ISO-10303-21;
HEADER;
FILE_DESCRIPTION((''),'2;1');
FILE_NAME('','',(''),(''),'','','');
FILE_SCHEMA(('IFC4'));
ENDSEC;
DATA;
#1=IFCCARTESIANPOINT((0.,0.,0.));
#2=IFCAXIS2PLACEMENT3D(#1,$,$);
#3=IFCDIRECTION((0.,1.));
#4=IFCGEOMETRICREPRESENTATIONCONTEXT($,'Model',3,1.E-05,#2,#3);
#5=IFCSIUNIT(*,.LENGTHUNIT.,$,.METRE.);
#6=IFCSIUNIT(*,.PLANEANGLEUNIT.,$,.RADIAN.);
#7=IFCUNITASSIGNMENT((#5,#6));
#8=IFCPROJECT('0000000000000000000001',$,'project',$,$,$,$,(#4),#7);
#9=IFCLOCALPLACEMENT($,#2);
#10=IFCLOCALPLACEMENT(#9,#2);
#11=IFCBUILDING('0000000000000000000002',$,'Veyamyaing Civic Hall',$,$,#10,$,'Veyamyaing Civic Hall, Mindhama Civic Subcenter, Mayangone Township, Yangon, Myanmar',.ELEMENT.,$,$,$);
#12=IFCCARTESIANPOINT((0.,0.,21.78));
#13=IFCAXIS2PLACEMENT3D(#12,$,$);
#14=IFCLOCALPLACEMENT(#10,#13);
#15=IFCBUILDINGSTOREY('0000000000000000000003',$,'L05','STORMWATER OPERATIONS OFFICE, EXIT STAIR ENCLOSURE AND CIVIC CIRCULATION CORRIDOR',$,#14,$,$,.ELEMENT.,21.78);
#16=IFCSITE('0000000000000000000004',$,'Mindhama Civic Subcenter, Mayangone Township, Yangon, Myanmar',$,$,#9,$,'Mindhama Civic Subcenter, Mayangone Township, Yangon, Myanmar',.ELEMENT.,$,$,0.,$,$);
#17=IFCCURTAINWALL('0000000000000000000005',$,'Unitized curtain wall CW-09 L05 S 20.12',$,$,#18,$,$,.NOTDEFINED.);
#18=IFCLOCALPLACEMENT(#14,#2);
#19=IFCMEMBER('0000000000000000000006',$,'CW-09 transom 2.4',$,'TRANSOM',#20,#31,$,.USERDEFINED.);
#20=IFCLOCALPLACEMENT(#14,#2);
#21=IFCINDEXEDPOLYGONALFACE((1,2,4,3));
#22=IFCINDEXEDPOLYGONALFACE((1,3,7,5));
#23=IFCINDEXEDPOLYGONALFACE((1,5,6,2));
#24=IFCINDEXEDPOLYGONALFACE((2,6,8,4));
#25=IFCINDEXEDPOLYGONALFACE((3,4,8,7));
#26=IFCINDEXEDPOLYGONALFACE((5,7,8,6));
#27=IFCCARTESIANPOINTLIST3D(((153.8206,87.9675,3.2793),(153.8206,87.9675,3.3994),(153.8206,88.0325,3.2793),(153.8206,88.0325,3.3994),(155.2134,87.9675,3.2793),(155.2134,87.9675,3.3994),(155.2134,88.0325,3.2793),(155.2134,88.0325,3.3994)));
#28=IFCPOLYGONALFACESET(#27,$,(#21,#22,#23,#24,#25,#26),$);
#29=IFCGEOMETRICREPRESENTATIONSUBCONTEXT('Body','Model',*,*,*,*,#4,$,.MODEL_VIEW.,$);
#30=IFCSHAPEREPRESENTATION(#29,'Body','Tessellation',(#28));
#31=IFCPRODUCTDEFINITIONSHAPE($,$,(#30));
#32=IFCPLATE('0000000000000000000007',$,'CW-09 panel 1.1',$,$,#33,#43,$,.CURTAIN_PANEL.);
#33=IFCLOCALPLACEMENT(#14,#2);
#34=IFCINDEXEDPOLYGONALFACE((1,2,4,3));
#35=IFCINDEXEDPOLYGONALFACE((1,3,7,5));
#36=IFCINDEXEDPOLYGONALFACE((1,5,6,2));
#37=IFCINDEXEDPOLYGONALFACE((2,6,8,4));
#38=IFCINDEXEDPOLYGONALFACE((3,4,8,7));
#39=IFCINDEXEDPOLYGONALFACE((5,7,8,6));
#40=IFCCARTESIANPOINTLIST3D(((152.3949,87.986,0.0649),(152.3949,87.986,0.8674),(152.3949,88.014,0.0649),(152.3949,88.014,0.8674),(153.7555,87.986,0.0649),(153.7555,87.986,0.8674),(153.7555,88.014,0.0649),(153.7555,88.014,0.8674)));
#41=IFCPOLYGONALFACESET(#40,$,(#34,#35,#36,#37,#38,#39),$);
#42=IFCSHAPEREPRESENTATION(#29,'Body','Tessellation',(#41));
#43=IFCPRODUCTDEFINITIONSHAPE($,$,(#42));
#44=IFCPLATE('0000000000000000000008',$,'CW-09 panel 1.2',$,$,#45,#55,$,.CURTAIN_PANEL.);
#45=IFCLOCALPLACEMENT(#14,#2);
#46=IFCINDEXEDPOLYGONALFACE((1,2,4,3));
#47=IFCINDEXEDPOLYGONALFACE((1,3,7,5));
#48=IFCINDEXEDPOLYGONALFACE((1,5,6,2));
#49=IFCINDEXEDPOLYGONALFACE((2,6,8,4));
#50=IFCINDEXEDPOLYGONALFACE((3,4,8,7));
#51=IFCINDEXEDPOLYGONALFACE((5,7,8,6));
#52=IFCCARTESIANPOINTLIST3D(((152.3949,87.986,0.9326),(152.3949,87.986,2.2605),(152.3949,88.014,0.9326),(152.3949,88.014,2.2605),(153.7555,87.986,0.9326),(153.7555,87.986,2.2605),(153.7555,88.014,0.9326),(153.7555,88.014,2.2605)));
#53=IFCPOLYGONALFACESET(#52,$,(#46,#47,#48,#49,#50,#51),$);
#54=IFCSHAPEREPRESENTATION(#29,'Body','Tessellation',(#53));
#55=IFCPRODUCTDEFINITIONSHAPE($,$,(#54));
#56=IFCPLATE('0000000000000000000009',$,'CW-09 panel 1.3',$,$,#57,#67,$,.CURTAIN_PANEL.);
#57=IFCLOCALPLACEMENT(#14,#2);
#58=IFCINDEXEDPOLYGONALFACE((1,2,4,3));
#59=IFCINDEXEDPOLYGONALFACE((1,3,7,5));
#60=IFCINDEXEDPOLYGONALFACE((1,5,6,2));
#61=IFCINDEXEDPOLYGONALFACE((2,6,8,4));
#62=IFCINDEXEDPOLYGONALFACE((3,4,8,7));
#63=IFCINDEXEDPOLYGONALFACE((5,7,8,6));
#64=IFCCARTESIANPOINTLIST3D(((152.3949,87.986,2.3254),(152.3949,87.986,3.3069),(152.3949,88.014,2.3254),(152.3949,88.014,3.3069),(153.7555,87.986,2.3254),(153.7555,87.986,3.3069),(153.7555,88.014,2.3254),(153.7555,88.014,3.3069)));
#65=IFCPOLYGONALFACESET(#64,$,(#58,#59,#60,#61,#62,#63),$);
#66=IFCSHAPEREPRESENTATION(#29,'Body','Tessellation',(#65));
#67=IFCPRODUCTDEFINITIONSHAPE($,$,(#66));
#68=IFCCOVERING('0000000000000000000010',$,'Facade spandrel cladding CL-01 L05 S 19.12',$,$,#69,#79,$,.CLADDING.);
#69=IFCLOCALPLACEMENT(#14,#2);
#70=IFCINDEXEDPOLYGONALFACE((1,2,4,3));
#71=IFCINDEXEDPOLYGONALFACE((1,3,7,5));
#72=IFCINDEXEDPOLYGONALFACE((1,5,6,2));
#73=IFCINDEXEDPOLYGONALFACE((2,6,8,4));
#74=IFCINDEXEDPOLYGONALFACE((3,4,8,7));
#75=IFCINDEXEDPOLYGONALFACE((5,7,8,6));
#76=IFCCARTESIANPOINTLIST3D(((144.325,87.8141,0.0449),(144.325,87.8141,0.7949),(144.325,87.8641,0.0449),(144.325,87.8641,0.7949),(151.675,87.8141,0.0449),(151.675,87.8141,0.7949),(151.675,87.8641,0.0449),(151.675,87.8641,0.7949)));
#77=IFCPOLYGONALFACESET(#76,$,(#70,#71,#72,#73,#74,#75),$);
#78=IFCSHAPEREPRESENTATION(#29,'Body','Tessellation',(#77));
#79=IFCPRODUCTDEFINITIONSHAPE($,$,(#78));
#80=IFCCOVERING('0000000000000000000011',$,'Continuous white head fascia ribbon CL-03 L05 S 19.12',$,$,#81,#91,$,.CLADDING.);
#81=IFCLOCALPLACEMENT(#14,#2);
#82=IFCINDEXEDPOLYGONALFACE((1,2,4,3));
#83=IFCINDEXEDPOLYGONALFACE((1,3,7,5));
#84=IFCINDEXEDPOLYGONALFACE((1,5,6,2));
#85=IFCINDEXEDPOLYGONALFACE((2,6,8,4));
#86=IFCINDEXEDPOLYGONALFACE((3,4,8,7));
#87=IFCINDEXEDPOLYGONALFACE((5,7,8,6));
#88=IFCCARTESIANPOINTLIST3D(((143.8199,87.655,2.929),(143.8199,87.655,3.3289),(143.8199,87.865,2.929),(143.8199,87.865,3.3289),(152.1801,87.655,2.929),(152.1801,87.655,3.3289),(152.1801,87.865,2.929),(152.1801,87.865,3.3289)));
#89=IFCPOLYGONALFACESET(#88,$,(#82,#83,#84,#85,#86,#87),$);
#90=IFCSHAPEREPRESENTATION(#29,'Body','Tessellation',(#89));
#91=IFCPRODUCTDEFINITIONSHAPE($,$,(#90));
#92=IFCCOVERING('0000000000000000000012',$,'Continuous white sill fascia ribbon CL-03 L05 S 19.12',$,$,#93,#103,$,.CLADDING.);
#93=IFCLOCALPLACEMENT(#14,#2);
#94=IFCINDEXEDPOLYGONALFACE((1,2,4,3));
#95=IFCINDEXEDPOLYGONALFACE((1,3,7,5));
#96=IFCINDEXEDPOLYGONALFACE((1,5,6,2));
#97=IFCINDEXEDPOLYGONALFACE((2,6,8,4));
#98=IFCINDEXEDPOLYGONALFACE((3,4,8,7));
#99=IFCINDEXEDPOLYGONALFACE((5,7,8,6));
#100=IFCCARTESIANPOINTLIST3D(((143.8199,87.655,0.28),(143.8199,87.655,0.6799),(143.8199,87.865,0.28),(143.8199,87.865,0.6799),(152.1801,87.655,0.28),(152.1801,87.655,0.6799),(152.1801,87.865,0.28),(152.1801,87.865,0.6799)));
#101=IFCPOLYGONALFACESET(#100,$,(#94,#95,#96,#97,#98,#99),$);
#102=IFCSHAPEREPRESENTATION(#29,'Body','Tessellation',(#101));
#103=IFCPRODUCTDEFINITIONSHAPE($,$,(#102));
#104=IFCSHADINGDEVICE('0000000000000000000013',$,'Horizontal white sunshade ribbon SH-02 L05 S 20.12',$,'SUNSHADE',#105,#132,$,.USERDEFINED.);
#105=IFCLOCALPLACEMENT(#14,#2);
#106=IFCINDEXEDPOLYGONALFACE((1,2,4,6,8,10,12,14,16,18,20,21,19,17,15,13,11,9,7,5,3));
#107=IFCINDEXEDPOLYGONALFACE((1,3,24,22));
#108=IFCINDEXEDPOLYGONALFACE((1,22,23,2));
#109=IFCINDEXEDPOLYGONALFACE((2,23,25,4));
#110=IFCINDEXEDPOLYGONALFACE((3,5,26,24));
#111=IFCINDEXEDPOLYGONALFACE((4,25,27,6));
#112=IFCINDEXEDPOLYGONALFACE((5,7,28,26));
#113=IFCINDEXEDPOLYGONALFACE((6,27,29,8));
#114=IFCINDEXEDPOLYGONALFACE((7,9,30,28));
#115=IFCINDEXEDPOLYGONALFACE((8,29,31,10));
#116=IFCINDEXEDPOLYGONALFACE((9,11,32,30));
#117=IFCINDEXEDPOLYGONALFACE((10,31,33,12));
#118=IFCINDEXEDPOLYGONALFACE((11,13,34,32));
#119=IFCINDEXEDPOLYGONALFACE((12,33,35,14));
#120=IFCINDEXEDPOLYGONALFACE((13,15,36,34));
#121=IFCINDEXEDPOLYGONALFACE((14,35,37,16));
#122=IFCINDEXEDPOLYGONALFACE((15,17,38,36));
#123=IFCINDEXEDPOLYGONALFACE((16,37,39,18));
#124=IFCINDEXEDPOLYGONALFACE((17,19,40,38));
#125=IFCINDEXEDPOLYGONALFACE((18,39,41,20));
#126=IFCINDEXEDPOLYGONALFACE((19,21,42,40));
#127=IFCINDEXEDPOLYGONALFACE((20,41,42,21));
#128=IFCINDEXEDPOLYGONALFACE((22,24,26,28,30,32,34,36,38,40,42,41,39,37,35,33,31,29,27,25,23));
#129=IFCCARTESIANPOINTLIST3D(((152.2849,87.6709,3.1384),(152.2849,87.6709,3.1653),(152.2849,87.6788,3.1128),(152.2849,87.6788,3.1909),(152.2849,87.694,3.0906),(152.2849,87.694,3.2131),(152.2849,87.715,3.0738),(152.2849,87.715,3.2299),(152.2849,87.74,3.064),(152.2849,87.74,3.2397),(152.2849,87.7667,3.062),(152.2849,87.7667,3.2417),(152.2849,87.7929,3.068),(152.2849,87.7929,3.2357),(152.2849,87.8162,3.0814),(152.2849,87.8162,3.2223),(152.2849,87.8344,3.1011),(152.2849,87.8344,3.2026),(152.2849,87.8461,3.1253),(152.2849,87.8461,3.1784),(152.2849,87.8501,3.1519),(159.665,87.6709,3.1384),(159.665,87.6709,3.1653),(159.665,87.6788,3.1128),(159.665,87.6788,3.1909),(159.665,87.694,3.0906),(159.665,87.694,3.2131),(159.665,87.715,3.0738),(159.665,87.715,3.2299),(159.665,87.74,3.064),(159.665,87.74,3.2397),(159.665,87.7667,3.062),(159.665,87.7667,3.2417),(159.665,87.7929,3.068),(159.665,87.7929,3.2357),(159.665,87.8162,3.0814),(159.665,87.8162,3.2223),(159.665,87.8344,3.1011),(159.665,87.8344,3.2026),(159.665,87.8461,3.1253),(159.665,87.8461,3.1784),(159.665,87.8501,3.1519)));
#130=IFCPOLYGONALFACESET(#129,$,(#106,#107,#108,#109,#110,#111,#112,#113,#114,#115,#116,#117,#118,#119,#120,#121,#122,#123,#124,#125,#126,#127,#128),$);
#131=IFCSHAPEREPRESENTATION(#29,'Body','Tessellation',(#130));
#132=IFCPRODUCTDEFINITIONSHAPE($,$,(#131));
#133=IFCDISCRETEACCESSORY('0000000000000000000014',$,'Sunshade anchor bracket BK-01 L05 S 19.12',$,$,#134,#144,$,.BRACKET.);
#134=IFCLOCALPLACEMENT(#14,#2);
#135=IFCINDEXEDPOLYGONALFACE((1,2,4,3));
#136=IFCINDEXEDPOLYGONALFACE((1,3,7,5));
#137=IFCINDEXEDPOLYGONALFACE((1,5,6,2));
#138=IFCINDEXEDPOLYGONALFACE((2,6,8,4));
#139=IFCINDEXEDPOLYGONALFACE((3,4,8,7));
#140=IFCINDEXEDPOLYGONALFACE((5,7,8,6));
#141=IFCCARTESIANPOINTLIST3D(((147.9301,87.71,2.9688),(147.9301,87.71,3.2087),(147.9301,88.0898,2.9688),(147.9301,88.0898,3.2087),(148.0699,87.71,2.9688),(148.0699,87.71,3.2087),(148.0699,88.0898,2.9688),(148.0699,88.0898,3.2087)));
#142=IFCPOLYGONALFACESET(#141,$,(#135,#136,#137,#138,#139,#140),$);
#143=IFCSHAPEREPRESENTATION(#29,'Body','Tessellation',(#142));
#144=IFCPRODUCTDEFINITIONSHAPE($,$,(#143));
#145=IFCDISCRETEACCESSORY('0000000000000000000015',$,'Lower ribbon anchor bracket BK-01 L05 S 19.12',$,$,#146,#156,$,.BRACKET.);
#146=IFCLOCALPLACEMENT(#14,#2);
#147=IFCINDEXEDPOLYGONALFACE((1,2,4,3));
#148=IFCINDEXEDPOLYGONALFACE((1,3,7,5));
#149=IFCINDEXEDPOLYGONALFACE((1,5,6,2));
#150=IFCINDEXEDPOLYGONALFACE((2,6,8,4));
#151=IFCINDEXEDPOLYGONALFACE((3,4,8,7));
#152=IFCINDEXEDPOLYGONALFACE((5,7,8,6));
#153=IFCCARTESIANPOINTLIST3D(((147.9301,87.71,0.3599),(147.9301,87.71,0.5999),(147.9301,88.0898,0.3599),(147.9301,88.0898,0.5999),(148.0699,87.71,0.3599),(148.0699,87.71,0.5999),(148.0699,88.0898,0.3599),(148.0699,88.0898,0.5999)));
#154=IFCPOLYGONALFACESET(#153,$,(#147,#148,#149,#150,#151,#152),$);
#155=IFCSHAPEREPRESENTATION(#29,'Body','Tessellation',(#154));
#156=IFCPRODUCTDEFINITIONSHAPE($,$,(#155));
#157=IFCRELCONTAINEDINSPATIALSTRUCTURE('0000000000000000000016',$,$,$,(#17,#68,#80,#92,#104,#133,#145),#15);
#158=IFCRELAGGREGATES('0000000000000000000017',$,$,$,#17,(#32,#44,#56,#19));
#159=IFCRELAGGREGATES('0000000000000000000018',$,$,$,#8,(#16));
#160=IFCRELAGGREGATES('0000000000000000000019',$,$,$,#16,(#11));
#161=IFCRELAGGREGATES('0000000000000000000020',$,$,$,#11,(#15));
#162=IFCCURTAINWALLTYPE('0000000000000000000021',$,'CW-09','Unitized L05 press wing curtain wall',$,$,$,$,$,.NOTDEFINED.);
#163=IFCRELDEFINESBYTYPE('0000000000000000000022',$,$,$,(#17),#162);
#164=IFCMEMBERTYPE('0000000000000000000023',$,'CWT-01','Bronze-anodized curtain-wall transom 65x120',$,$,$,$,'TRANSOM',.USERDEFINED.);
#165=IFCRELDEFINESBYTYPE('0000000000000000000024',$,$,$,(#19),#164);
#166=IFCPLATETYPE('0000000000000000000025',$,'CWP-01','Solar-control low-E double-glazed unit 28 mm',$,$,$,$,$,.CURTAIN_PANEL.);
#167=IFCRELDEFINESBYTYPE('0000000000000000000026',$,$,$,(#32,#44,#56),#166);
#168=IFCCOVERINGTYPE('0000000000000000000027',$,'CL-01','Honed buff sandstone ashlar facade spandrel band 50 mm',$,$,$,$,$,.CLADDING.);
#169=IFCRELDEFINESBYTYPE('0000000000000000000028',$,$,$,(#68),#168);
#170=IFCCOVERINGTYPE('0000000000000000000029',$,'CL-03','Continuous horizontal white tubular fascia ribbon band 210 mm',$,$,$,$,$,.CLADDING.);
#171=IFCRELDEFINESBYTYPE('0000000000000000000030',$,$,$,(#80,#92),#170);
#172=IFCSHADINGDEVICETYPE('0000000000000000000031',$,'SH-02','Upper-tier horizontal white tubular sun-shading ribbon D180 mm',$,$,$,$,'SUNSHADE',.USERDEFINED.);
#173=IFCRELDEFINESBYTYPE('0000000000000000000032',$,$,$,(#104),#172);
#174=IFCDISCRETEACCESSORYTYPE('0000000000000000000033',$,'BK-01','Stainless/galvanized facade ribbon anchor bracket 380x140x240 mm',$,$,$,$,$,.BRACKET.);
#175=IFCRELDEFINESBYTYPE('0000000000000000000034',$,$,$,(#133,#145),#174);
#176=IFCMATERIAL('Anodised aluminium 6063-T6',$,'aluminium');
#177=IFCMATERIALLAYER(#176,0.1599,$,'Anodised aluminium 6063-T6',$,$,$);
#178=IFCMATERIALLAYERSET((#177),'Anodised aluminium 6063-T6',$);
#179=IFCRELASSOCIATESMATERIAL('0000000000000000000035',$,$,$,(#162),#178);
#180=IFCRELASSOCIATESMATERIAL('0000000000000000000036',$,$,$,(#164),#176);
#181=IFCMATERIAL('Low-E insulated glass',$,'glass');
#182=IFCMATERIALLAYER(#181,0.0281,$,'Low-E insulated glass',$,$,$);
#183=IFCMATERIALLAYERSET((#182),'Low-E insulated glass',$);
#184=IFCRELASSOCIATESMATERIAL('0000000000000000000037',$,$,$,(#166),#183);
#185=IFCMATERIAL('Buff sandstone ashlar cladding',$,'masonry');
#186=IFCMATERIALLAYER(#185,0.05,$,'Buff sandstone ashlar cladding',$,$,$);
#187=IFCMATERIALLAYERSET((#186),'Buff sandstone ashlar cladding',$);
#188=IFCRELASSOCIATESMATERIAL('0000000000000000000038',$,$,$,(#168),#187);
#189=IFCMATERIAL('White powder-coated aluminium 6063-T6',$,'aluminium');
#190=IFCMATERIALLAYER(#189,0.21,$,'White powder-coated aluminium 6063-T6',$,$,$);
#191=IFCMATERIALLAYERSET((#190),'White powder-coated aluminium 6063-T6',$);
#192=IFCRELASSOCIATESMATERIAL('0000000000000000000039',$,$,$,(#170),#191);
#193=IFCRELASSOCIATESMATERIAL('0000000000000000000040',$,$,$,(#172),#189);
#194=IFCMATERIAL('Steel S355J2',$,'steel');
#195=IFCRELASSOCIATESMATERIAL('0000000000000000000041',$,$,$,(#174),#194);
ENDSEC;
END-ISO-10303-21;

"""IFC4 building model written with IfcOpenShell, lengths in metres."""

from ifc_helpers import new_model, si_unit, direction, frame, origin, origin_2d, place, context, subcontext, project, spatial, rectangle, circle, extrude, material, layer, layer_set, material_profile, profile_set, type_object, element, aggregate, save


model = new_model("IFC4")

# Units and contexts
model_context = context("Model", 3, precision=1e-05, world=origin(), true_north=direction((0.0, 1.0)))
body_context = subcontext(model_context, "Body", "Model", "MODEL_VIEW")
ifc_project = project(units=[si_unit("LENGTHUNIT", "METRE"), si_unit("PLANEANGLEUNIT", "RADIAN")], contexts=[model_context])

# Site, building, storey
site_placement = place(None, origin())
site = spatial("IfcSite", under=ifc_project, at=site_placement, Name="Mindhama Civic Subcenter, Mayangone Township, Yangon, Myanmar", LongName="Mindhama Civic Subcenter, Mayangone Township, Yangon, Myanmar", CompositionType="ELEMENT", RefElevation=0.0)
building_placement = place(site_placement, origin())
building = spatial("IfcBuilding", under=site, at=building_placement, Name="Veyamyaing Civic Hall", LongName="Veyamyaing Civic Hall, Mindhama Civic Subcenter, Mayangone Township, Yangon, Myanmar", CompositionType="ELEMENT")
storey_placement = place(building_placement, frame((0.0, 0.0, 21.78)))
storey = spatial("IfcBuildingStorey", under=building, at=storey_placement, Name="L05", Description="STORMWATER OPERATIONS OFFICE, EXIT STAIR ENCLOSURE AND CIVIC CIRCULATION CORRIDOR", CompositionType="ELEMENT", Elevation=21.78)

# Curtain wall, member, plates
ifc_material_1 = material(Name="Anodised aluminium 6063-T6", Category="aluminium")
ifc_layer_1 = layer(ifc_material_1, 0.1599, Name="Anodised aluminium 6063-T6")
ifc_layer_set_1 = layer_set([ifc_layer_1], Name="Anodised aluminium 6063-T6")
curtain_wall_type = type_object("IfcCurtainWallType", Name="CW-09", Description="Unitized L05 press wing curtain wall", PredefinedType="NOTDEFINED", material=ifc_layer_set_1)
curtain_wall_placement = place(storey_placement, origin())
curtain_wall = element("IfcCurtainWall", 1, at=curtain_wall_placement, inside=storey, type_object=curtain_wall_type, Name="Unitized curtain wall CW-09 L05 S 20.12", PredefinedType="NOTDEFINED")
ifc_material_profile_1 = material_profile(ifc_material_1, rectangle(XDim=0.0649, YDim=0.1201, at=origin_2d()), Name="ALU-TRN-65X120")
ifc_profile_set_1 = profile_set([ifc_material_profile_1], Name="Anodised aluminium 6063-T6")
member_type_1 = type_object("IfcMemberType", Name="CWT-01", Description="Bronze-anodized curtain-wall transom 65x120", ElementType="TRANSOM", PredefinedType="USERDEFINED", material=ifc_profile_set_1)
member_1_placement = place(storey_placement, frame((153.8206, 88.0, 3.3394), z_axis=(1.0, 0.0, 0.0), x_axis=(0.0, 1.0, 0.0)))
member_1 = element("IfcMember", 2, at=member_1_placement, type_object=member_type_1, Name="CW-09 transom 2.4", ObjectType="TRANSOM", PredefinedType="USERDEFINED", context=body_context, shape_type="SweptSolid", body=[
    extrude(rectangle(XDim=0.0649, YDim=0.1201, at=origin_2d()), origin(), (0.0, 0.0, 1.0), 1.3928),
])
ifc_material_2 = material(Name="Low-E insulated glass", Category="glass")
ifc_layer_2 = layer(ifc_material_2, 0.0281, Name="Low-E insulated glass")
ifc_layer_set_2 = layer_set([ifc_layer_2], Name="Low-E insulated glass")
plate_type = type_object("IfcPlateType", Name="CWP-01", Description="Solar-control low-E double-glazed unit 28 mm", PredefinedType="CURTAIN_PANEL", material=ifc_layer_set_2)
plate_1_placement = place(storey_placement, frame((153.0752, 88.0, 0.0649), z_axis=(0.0, 0.0, 1.0), x_axis=(1.0, 0.0, 0.0)))
plate_1 = element("IfcPlate", 3, at=plate_1_placement, type_object=plate_type, Name="CW-09 panel 1.1", PredefinedType="CURTAIN_PANEL", context=body_context, shape_type="SweptSolid", body=[
    extrude(rectangle(XDim=1.3606, YDim=0.0281, at=origin_2d()), origin(), (0.0, 0.0, 1.0), 0.8025),
])
plate_2_placement = place(storey_placement, frame((153.0752, 88.0, 0.9326), z_axis=(0.0, 0.0, 1.0), x_axis=(1.0, 0.0, 0.0)))
plate_2 = element("IfcPlate", 4, at=plate_2_placement, type_object=plate_type, Name="CW-09 panel 1.2", PredefinedType="CURTAIN_PANEL", context=body_context, shape_type="SweptSolid", body=[
    extrude(rectangle(XDim=1.3606, YDim=0.0281, at=origin_2d()), origin(), (0.0, 0.0, 1.0), 1.3279),
])
plate_3_placement = place(storey_placement, frame((153.0752, 88.0, 2.3254), z_axis=(0.0, 0.0, 1.0), x_axis=(1.0, 0.0, 0.0)))
plate_3 = element("IfcPlate", 5, at=plate_3_placement, type_object=plate_type, Name="CW-09 panel 1.3", PredefinedType="CURTAIN_PANEL", context=body_context, shape_type="SweptSolid", body=[
    extrude(rectangle(XDim=1.3606, YDim=0.0281, at=origin_2d()), origin(), (0.0, 0.0, 1.0), 0.9814),
])
aggregate(curtain_wall, [plate_1, plate_2, plate_3, member_1])

# Coverings
ifc_material_3 = material(Name="Buff sandstone ashlar cladding", Category="masonry")
ifc_layer_3 = layer(ifc_material_3, 0.05, Name="Buff sandstone ashlar cladding")
ifc_layer_set_3 = layer_set([ifc_layer_3], Name="Buff sandstone ashlar cladding")
covering_type_1 = type_object("IfcCoveringType", Name="CL-01", Description="Honed buff sandstone ashlar facade spandrel band 50 mm", PredefinedType="CLADDING", material=ifc_layer_set_3)
covering_placement = place(storey_placement, frame((148.0, 87.8391, 0.0449), z_axis=(0.0, 0.0, 1.0), x_axis=(1.0, 0.0, 0.0)))
element("IfcCovering", 6, at=covering_placement, inside=storey, type_object=covering_type_1, Name="Facade spandrel cladding CL-01 L05 S 19.12", PredefinedType="CLADDING", context=body_context, shape_type="SweptSolid", body=[
    extrude(rectangle(XDim=7.3501, YDim=0.05, at=origin_2d()), origin(), (0.0, 0.0, 1.0), 0.75),
])
ifc_material_4 = material(Name="White powder-coated aluminium 6063-T6", Category="aluminium")
ifc_layer_4 = layer(ifc_material_4, 0.21, Name="White powder-coated aluminium 6063-T6")
ifc_layer_set_4 = layer_set([ifc_layer_4], Name="White powder-coated aluminium 6063-T6")
covering_type_2 = type_object("IfcCoveringType", Name="CL-03", Description="Continuous horizontal white tubular fascia ribbon band 210 mm", PredefinedType="CLADDING", material=ifc_layer_set_4)
for number, where, z_axis, x_axis, name in (
    (7, (148.0, 87.76, 2.929), (0.0, 0.0, 1.0), (1.0, 0.0, 0.0), "Continuous white head fascia ribbon CL-03 L05 S 19.12"),
    (8, (148.0, 87.76, 0.28), (0.0, 0.0, 1.0), (1.0, 0.0, 0.0), "Continuous white sill fascia ribbon CL-03 L05 S 19.12"),
):
    element("IfcCovering", number, at=place(storey_placement, frame(where, z_axis=z_axis, x_axis=x_axis)), inside=storey, type_object=covering_type_2, Name=name, PredefinedType="CLADDING", context=body_context, shape_type="SweptSolid", body=[
        extrude(rectangle(XDim=8.3601, YDim=0.21, at=origin_2d()), origin(), (0.0, 0.0, 1.0), 0.3999),
    ])

# Shading device
ifc_material_profile_2 = material_profile(ifc_material_4, circle(Radius=0.0901, at=origin_2d()), Name="SHADE-TUBE-180")
ifc_profile_set_2 = profile_set([ifc_material_profile_2], Name="White powder-coated aluminium 6063-T6")
shading_device_type = type_object("IfcShadingDeviceType", Name="SH-02", Description="Upper-tier horizontal white tubular sun-shading ribbon D180 mm", ElementType="SUNSHADE", PredefinedType="USERDEFINED", material=ifc_profile_set_2)
shading_device_placement = place(storey_placement, frame((152.2849, 87.76, 3.1519), z_axis=(1.0, 0.0, 0.0), x_axis=(0.0, 1.0, 0.0)))
element("IfcShadingDevice", 9, at=shading_device_placement, inside=storey, type_object=shading_device_type, Name="Horizontal white sunshade ribbon SH-02 L05 S 20.12", ObjectType="SUNSHADE", PredefinedType="USERDEFINED", context=body_context, shape_type="SweptSolid", body=[
    extrude(circle(Radius=0.0901, at=origin_2d()), origin(), (0.0, 0.0, 1.0), 7.3801),
])

# Discrete accessories
ifc_material_5 = material(Name="Steel S355J2", Category="steel")
discrete_accessory_type = type_object("IfcDiscreteAccessoryType", Name="BK-01", Description="Stainless/galvanized facade ribbon anchor bracket 380x140x240 mm", PredefinedType="BRACKET", material=ifc_material_5)
for number, where, z_axis, x_axis, name in (
    (10, (148.0, 87.8999, 2.9688), (0.0, 0.0, 1.0), (0.0, -1.0, 0.0), "Sunshade anchor bracket BK-01 L05 S 19.12"),
    (11, (148.0, 87.8999, 0.3599), (0.0, 0.0, 1.0), (0.0, -1.0, 0.0), "Lower ribbon anchor bracket BK-01 L05 S 19.12"),
):
    element("IfcDiscreteAccessory", number, at=place(storey_placement, frame(where, z_axis=z_axis, x_axis=x_axis)), inside=storey, type_object=discrete_accessory_type, Name=name, PredefinedType="BRACKET", context=body_context, shape_type="SweptSolid", body=[
        extrude(rectangle(XDim=0.3799, YDim=0.1399, at=origin_2d()), origin(), (0.0, 0.0, 1.0), 0.24),
    ])

save(model, "model.ifc")
